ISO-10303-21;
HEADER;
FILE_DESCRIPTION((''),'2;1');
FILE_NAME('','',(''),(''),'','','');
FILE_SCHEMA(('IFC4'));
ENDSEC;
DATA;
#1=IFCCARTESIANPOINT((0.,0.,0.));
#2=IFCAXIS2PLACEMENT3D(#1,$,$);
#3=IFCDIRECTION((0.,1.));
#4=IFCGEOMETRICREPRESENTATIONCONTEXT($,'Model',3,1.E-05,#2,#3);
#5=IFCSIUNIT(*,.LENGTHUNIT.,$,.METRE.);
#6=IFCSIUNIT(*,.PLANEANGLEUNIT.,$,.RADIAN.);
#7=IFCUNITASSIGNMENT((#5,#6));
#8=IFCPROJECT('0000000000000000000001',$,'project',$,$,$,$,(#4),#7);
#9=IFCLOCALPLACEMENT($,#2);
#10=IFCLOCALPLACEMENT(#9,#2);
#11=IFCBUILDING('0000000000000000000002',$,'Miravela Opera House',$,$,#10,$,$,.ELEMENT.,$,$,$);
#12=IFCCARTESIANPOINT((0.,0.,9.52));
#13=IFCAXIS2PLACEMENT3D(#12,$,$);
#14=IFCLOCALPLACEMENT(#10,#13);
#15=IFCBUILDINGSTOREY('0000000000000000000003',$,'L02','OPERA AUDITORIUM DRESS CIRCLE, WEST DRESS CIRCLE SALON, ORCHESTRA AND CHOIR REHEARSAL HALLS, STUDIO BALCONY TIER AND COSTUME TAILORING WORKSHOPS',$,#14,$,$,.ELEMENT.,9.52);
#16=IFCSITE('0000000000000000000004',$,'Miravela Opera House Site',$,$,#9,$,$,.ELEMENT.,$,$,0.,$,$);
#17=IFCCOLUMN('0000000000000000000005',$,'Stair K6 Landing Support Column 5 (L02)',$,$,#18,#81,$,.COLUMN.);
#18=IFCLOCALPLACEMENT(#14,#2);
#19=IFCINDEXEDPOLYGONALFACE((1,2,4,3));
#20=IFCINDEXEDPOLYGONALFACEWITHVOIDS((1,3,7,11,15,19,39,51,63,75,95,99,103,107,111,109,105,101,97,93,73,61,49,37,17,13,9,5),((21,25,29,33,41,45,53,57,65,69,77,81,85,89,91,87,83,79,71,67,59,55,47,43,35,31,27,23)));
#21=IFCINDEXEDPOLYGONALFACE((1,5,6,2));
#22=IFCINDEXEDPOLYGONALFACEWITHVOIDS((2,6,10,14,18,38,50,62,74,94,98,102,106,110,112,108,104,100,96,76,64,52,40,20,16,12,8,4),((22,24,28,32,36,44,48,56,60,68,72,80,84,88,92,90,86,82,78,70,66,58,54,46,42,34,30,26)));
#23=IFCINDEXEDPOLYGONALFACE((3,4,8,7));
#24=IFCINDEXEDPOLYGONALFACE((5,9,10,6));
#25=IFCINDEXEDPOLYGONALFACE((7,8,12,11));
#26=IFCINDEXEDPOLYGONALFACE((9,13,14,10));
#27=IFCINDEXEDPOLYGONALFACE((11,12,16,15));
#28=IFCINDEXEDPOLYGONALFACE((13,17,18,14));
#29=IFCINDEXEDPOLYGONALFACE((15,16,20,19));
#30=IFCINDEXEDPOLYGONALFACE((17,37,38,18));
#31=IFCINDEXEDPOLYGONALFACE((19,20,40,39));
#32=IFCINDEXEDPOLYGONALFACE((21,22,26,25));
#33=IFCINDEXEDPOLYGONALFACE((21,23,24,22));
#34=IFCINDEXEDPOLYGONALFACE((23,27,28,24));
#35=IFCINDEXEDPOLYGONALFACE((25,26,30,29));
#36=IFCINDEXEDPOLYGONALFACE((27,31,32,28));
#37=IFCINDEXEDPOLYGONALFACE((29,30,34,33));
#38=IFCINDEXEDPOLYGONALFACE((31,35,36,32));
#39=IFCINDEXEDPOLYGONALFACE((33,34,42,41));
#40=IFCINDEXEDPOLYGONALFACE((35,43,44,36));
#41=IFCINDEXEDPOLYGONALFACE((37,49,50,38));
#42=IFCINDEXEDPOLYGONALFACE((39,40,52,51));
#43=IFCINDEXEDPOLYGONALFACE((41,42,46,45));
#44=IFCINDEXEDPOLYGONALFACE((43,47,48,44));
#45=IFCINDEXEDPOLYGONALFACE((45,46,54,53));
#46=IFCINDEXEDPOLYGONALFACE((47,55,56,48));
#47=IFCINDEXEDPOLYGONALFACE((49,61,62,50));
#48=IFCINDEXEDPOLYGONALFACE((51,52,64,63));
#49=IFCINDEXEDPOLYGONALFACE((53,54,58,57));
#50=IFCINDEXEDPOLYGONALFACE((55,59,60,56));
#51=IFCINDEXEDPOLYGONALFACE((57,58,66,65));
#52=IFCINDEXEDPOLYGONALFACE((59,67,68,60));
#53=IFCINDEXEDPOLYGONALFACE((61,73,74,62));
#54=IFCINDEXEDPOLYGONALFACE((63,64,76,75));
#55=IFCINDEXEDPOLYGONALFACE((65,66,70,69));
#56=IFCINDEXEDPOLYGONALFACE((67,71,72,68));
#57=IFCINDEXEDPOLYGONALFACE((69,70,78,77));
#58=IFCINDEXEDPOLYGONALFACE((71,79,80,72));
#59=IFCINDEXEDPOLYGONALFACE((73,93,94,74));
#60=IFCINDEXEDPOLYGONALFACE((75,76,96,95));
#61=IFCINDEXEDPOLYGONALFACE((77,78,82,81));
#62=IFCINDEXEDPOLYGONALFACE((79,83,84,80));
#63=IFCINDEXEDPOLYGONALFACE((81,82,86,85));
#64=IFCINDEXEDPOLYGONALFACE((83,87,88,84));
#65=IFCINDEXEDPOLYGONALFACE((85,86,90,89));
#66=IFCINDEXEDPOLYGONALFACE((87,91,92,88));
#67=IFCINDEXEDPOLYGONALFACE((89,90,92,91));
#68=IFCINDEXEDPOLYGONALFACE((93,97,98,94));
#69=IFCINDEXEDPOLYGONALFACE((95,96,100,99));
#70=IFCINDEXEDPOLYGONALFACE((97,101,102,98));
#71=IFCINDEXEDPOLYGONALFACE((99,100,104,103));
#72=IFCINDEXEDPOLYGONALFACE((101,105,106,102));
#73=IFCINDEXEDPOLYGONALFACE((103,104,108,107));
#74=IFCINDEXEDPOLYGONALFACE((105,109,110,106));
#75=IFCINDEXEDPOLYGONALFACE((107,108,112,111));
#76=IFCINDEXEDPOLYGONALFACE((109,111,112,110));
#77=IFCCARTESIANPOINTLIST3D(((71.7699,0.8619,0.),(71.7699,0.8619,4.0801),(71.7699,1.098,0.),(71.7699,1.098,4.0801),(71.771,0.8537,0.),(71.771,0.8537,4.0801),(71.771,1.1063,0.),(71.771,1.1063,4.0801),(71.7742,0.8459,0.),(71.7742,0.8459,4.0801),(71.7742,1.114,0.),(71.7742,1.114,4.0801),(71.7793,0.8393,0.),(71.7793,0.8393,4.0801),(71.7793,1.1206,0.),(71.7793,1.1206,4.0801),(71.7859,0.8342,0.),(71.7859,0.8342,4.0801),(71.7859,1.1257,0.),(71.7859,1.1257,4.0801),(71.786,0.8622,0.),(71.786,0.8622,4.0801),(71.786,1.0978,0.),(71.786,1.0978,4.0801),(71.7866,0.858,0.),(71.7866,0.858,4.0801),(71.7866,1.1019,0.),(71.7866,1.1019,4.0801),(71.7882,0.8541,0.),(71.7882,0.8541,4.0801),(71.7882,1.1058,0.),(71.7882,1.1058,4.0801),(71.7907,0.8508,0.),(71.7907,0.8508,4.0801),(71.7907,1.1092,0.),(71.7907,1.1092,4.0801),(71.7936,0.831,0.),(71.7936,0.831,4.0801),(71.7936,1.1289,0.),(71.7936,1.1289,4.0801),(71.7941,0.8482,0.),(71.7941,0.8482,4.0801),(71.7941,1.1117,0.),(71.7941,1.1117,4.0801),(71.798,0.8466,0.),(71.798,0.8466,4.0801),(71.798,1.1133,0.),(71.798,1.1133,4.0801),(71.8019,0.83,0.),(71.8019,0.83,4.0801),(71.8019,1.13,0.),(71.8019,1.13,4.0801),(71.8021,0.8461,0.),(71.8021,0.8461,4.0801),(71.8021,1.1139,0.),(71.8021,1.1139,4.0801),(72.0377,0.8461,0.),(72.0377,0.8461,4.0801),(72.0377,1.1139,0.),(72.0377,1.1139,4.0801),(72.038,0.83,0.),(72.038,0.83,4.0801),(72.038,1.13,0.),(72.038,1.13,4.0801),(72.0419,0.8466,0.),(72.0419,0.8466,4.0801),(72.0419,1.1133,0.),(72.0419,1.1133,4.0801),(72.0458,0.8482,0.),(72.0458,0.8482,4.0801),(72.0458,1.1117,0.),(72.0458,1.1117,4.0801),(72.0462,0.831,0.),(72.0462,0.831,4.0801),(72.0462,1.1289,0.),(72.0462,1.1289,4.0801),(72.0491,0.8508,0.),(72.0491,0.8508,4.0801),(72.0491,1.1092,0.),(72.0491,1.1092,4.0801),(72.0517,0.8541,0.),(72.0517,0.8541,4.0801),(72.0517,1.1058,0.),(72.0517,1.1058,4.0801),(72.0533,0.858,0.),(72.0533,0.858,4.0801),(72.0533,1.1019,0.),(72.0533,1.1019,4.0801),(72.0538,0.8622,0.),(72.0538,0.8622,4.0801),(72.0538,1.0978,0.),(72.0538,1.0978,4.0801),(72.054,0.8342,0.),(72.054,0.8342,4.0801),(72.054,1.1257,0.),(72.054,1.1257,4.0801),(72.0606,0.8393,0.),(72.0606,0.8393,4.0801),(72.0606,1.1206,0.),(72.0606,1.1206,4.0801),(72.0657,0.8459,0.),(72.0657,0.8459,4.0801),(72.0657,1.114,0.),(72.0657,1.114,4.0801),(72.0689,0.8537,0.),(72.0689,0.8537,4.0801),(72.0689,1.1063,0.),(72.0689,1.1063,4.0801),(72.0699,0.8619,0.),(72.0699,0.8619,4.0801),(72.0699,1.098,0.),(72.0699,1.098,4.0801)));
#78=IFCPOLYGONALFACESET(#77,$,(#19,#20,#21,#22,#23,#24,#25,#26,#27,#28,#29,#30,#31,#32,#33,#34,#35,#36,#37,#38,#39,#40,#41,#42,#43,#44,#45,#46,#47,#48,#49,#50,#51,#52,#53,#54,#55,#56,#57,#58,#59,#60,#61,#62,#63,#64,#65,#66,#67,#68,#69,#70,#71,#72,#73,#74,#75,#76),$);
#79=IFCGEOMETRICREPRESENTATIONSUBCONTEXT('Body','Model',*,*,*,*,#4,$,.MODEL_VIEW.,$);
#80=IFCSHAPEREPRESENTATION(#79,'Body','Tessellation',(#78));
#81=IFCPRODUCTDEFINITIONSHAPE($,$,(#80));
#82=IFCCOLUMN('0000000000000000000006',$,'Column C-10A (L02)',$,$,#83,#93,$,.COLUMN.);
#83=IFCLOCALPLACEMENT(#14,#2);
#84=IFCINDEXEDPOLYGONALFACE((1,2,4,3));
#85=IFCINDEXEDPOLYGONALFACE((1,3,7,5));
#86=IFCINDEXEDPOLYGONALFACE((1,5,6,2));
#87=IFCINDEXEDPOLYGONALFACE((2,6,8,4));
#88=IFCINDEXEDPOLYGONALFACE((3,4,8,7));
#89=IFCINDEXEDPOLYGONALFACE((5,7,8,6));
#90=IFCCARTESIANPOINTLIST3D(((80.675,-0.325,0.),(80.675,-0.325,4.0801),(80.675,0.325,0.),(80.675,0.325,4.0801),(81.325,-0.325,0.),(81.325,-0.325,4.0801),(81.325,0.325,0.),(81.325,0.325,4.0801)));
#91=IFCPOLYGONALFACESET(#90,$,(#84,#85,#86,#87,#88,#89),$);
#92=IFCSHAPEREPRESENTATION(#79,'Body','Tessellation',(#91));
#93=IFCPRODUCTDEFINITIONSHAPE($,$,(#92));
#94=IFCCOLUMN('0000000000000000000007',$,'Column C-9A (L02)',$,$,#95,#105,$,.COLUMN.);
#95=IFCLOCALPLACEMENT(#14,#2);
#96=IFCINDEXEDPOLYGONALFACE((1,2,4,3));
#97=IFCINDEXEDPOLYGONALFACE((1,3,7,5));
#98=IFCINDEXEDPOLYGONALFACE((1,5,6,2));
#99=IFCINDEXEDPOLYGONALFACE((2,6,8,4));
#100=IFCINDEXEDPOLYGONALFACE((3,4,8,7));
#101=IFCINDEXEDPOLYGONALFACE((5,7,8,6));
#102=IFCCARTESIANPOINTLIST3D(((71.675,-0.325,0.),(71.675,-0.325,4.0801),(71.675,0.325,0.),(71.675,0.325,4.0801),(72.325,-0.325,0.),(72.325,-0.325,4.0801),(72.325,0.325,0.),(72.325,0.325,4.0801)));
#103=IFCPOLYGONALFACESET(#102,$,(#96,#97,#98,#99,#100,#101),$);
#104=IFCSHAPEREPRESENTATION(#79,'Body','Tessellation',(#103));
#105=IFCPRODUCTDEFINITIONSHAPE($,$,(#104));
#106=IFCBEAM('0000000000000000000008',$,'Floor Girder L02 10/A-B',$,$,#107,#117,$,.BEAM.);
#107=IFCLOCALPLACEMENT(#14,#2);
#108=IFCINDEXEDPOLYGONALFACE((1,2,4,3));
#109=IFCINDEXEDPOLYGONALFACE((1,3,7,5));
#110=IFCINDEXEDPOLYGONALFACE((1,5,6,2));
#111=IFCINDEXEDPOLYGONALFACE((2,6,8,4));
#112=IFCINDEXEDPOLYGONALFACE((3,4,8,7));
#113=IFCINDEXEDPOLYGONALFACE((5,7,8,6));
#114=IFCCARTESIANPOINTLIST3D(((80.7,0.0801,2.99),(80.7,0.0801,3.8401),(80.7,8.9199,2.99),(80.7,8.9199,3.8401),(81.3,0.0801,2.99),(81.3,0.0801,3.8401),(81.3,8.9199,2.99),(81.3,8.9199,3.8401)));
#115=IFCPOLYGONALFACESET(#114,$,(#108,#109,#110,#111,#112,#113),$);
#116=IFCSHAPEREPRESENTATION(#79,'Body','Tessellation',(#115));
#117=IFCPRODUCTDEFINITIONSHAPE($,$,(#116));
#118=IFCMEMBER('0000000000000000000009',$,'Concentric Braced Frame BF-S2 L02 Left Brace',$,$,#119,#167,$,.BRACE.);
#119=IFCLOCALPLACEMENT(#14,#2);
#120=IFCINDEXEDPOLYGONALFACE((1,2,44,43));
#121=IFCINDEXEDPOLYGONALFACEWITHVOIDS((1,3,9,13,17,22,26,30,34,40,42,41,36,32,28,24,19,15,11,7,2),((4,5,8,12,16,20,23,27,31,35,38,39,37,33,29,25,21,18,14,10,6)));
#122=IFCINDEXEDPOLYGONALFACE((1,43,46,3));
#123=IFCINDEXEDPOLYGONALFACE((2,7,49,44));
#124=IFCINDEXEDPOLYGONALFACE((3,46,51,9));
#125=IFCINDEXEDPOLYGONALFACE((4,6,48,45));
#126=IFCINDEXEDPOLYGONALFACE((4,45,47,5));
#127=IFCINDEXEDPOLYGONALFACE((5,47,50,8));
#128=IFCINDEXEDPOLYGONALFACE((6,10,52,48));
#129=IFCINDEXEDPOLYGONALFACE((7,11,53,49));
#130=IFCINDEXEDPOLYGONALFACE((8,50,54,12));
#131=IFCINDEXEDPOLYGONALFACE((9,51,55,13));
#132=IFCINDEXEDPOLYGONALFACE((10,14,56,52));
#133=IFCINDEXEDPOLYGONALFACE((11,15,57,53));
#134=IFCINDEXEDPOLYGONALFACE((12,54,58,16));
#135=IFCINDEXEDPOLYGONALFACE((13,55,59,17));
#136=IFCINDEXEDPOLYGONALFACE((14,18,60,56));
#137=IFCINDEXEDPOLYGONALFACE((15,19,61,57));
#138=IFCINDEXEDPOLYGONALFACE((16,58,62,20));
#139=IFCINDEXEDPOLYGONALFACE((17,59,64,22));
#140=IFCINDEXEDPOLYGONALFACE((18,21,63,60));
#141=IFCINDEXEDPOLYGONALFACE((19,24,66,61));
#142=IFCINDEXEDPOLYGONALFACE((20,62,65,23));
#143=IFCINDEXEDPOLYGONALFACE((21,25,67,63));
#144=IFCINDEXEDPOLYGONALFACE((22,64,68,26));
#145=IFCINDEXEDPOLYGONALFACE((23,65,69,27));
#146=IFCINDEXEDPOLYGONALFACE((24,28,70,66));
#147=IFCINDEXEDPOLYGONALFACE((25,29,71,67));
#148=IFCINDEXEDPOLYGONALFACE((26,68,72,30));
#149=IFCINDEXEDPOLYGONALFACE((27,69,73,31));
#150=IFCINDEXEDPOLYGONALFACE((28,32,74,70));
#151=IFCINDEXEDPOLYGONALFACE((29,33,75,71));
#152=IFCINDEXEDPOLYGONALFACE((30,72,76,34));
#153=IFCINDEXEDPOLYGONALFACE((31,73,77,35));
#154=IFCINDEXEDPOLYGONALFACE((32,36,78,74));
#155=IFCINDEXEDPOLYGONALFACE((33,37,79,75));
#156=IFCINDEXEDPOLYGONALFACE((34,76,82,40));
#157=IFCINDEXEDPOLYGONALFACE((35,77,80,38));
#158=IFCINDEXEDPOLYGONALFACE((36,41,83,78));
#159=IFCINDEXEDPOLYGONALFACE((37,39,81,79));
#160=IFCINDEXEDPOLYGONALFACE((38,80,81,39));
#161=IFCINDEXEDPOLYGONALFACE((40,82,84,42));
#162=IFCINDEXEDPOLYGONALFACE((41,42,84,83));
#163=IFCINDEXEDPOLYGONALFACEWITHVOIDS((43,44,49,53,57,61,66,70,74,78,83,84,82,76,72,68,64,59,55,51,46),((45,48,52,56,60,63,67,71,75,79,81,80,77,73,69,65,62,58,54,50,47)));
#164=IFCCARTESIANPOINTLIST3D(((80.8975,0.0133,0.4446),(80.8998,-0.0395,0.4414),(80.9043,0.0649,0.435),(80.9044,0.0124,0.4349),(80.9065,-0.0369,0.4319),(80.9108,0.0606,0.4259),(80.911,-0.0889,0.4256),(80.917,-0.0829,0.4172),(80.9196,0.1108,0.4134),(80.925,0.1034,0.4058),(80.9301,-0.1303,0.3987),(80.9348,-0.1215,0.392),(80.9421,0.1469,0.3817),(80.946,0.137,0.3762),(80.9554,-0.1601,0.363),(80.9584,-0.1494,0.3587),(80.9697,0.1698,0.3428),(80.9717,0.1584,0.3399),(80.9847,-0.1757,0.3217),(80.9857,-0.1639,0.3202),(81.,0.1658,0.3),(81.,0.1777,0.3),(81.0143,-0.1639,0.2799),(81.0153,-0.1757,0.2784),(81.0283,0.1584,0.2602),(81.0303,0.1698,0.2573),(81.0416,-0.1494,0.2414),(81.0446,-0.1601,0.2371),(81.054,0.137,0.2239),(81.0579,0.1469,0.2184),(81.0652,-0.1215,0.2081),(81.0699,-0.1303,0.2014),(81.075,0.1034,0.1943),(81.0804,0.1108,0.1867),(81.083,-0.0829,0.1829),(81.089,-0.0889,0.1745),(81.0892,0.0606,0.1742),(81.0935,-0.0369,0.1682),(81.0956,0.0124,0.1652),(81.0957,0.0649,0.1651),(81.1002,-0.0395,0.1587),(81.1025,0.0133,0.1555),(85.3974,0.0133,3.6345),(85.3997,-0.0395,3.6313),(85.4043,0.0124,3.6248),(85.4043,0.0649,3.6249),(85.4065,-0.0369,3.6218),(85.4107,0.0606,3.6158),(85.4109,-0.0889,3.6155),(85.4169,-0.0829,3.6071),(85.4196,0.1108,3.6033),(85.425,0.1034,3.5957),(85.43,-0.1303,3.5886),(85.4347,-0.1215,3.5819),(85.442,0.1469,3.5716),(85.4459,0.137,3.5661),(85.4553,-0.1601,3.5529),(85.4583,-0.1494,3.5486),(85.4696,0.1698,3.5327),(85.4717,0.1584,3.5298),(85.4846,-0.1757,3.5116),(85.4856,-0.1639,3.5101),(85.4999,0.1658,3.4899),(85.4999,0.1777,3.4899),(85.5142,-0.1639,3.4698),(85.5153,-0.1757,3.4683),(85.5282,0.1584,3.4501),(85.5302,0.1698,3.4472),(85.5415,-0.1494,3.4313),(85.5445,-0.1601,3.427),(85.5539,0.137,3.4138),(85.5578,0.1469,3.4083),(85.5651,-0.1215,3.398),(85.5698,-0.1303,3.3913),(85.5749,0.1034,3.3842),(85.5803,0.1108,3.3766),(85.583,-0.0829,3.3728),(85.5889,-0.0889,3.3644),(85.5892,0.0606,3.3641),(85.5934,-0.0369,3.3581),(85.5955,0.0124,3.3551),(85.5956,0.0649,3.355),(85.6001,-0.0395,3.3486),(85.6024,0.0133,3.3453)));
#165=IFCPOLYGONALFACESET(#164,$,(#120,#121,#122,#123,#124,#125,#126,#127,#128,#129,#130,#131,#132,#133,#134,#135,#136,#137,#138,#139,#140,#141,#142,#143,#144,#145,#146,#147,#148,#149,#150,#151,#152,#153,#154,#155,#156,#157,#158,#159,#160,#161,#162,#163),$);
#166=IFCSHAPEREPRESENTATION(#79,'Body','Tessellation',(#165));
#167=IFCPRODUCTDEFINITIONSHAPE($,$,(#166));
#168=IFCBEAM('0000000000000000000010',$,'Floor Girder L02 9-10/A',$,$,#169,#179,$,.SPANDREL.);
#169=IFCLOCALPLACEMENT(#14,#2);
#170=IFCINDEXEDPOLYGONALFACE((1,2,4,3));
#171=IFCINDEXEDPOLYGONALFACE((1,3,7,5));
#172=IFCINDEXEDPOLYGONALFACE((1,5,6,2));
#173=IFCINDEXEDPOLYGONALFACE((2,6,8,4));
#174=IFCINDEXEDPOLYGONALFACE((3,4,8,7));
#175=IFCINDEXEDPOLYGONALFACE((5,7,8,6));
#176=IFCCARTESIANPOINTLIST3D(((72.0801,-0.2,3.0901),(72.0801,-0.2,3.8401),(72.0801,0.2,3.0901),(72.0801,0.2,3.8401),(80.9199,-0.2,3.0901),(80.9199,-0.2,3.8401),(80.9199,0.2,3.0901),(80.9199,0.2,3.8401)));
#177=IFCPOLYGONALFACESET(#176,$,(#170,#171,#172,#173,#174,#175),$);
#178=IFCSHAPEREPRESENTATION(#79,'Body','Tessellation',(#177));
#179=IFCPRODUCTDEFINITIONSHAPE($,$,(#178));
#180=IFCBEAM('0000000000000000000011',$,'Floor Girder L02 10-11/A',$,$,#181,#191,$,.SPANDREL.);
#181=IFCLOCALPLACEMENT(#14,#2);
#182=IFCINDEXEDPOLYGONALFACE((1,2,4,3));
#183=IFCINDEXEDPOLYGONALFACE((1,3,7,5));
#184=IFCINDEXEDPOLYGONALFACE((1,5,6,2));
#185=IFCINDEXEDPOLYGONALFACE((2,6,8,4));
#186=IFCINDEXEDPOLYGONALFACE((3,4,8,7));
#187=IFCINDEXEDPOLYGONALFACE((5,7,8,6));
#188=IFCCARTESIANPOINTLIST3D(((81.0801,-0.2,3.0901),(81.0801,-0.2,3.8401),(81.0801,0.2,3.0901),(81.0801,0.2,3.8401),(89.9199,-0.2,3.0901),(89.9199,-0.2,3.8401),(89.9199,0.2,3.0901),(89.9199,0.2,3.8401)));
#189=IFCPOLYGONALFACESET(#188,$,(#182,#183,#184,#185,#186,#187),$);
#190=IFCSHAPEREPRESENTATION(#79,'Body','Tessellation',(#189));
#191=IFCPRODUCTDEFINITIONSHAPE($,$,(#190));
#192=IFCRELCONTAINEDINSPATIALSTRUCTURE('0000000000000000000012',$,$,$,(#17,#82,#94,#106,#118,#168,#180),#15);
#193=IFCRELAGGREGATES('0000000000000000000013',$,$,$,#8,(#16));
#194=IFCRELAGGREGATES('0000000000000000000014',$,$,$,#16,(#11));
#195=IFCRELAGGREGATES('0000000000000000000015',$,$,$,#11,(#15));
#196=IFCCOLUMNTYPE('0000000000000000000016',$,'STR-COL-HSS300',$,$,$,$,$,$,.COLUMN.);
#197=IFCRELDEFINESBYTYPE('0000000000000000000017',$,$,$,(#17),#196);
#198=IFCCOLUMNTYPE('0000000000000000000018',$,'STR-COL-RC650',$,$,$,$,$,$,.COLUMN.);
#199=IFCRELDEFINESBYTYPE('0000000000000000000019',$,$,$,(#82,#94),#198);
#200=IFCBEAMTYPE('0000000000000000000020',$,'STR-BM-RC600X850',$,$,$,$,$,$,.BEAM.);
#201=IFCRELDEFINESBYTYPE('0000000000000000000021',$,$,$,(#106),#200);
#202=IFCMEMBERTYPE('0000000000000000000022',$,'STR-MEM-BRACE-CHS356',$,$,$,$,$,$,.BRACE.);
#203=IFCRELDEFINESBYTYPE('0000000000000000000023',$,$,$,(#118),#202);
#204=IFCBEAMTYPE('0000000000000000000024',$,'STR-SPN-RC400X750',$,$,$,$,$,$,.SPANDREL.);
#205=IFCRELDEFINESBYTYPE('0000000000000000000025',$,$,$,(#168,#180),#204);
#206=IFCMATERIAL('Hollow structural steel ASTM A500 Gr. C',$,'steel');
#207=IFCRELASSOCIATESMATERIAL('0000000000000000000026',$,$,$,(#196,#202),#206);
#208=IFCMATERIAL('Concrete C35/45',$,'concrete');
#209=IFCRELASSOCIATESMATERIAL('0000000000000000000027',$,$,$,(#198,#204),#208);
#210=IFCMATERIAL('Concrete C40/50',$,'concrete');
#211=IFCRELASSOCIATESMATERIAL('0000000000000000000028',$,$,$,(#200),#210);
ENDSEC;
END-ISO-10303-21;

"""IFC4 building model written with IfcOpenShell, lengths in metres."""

from ifc_helpers import new_model, si_unit, direction, frame, origin, origin_2d, place, context, subcontext, project, spatial, rectangle, hollow_rectangle, hollow_circle, extrude, material, material_profile, profile_set, type_object, element, save


model = new_model("IFC4")

# Units and contexts
model_context = context("Model", 3, precision=1e-05, world=origin(), true_north=direction((0.0, 1.0)))
body_context = subcontext(model_context, "Body", "Model", "MODEL_VIEW")
ifc_project = project(units=[si_unit("LENGTHUNIT", "METRE"), si_unit("PLANEANGLEUNIT", "RADIAN")], contexts=[model_context])

# Site, building, storey
site_placement = place(None, origin())
site = spatial("IfcSite", under=ifc_project, at=site_placement, Name="Miravela Opera House Site", CompositionType="ELEMENT", RefElevation=0.0)
building_placement = place(site_placement, origin())
building = spatial("IfcBuilding", under=site, at=building_placement, Name="Miravela Opera House", CompositionType="ELEMENT")
storey_placement = place(building_placement, frame((0.0, 0.0, 9.52)))
storey = spatial("IfcBuildingStorey", under=building, at=storey_placement, Name="L02", Description="OPERA AUDITORIUM DRESS CIRCLE, WEST DRESS CIRCLE SALON, ORCHESTRA AND CHOIR REHEARSAL HALLS, STUDIO BALCONY TIER AND COSTUME TAILORING WORKSHOPS", CompositionType="ELEMENT", Elevation=9.52)

# Columns
ifc_material_1 = material(Name="Hollow structural steel ASTM A500 Gr. C", Category="steel")
ifc_material_profile_1 = material_profile(ifc_material_1, hollow_rectangle(XDim=0.3, YDim=0.3, WallThickness=0.0161, InnerFilletRadius=0.0161, OuterFilletRadius=0.032, at=origin_2d()), Name="HSS300X300X16")
ifc_profile_set_1 = profile_set([ifc_material_profile_1])
column_type_1 = type_object("IfcColumnType", Name="STR-COL-HSS300", PredefinedType="COLUMN", material=ifc_profile_set_1)
for number, where, z_axis, x_axis, name in (
    (1, (71.9199, 0.98, 0.0), (0.0, 0.0, 1.0), (1.0, 0.0, 0.0), "Stair K6 Landing Support Column 5 (L02)"),
):
    element("IfcColumn", number, at=place(storey_placement, frame(where, z_axis=z_axis, x_axis=x_axis)), inside=storey, type_object=column_type_1, Name=name, PredefinedType="COLUMN", context=body_context, shape_type="SweptSolid", body=[
        extrude(hollow_rectangle(XDim=0.3, YDim=0.3, WallThickness=0.0161, InnerFilletRadius=0.0161, OuterFilletRadius=0.032, at=origin_2d()), origin(), (0.0, 0.0, 1.0), 4.0801),
    ])
ifc_material_2 = material(Name="Concrete C35/45", Category="concrete")
ifc_material_profile_2 = material_profile(ifc_material_2, rectangle(XDim=0.6499, YDim=0.6499, at=origin_2d()), Name="RC-COL-650X650")
ifc_profile_set_2 = profile_set([ifc_material_profile_2])
column_type_2 = type_object("IfcColumnType", Name="STR-COL-RC650", PredefinedType="COLUMN", material=ifc_profile_set_2)
for number, where, z_axis, x_axis, name in (
    (2, (81.0, 0.0, 0.0), (0.0, 0.0, 1.0), (1.0, 0.0, 0.0), "Column C-10A (L02)"),
    (3, (72.0, 0.0, 0.0), (0.0, 0.0, 1.0), (1.0, 0.0, 0.0), "Column C-9A (L02)"),
):
    element("IfcColumn", number, at=place(storey_placement, frame(where, z_axis=z_axis, x_axis=x_axis)), inside=storey, type_object=column_type_2, Name=name, PredefinedType="COLUMN", context=body_context, shape_type="SweptSolid", body=[
        extrude(rectangle(XDim=0.6499, YDim=0.6499, at=origin_2d()), origin(), (0.0, 0.0, 1.0), 4.0801),
    ])

# Beam
ifc_material_3 = material(Name="Concrete C40/50", Category="concrete")
ifc_material_profile_3 = material_profile(ifc_material_3, rectangle(XDim=0.6001, YDim=0.8501, at=origin_2d()), Name="RC-BM-600X850")
ifc_profile_set_3 = profile_set([ifc_material_profile_3])
beam_type_1 = type_object("IfcBeamType", Name="STR-BM-RC600X850", PredefinedType="BEAM", material=ifc_profile_set_3)
beam_placement = place(storey_placement, frame((81.0, 0.0801, 3.415), z_axis=(0.0, 1.0, 0.0), x_axis=(-1.0, 0.0, 0.0)))
element("IfcBeam", 4, at=beam_placement, inside=storey, type_object=beam_type_1, Name="Floor Girder L02 10/A-B", PredefinedType="BEAM", context=body_context, shape_type="SweptSolid", body=[
    extrude(rectangle(XDim=0.6001, YDim=0.8501, at=origin_2d()), origin(), (0.0, 0.0, 1.0), 8.8398),
])

# Member
ifc_material_profile_4 = material_profile(ifc_material_1, hollow_circle(Radius=0.1777, WallThickness=0.012, at=origin_2d()), Name="CHS356X12")
ifc_profile_set_4 = profile_set([ifc_material_profile_4])
member_type = type_object("IfcMemberType", Name="STR-MEM-BRACE-CHS356", PredefinedType="BRACE", material=ifc_profile_set_4)
member_placement = place(storey_placement, frame((81.0, 0.0, 0.3), z_axis=(0.815816, 0.0, 0.578312), x_axis=(0.0, 1.0, 0.0)))
element("IfcMember", 5, at=member_placement, inside=storey, type_object=member_type, Name="Concentric Braced Frame BF-S2 L02 Left Brace", PredefinedType="BRACE", context=body_context, shape_type="SweptSolid", body=[
    extrude(hollow_circle(Radius=0.1777, WallThickness=0.012, at=origin_2d()), origin(), (0.0, 0.0, 1.0), 5.5159),
])

# Beams
ifc_material_profile_5 = material_profile(ifc_material_2, rectangle(XDim=0.3999, YDim=0.75, at=origin_2d()), Name="RC-SPN-400X750")
ifc_profile_set_5 = profile_set([ifc_material_profile_5])
beam_type_2 = type_object("IfcBeamType", Name="STR-SPN-RC400X750", PredefinedType="SPANDREL", material=ifc_profile_set_5)
for number, where, z_axis, x_axis, name in (
    (6, (72.0801, 0.0, 3.4651), (1.0, 0.0, 0.0), (0.0, 1.0, 0.0), "Floor Girder L02 9-10/A"),
    (7, (81.0801, 0.0, 3.4651), (1.0, 0.0, 0.0), (0.0, 1.0, 0.0), "Floor Girder L02 10-11/A"),
):
    element("IfcBeam", number, at=place(storey_placement, frame(where, z_axis=z_axis, x_axis=x_axis)), inside=storey, type_object=beam_type_2, Name=name, PredefinedType="SPANDREL", context=body_context, shape_type="SweptSolid", body=[
        extrude(rectangle(XDim=0.3999, YDim=0.75, at=origin_2d()), origin(), (0.0, 0.0, 1.0), 8.8398),
    ])

save(model, "model.ifc")
